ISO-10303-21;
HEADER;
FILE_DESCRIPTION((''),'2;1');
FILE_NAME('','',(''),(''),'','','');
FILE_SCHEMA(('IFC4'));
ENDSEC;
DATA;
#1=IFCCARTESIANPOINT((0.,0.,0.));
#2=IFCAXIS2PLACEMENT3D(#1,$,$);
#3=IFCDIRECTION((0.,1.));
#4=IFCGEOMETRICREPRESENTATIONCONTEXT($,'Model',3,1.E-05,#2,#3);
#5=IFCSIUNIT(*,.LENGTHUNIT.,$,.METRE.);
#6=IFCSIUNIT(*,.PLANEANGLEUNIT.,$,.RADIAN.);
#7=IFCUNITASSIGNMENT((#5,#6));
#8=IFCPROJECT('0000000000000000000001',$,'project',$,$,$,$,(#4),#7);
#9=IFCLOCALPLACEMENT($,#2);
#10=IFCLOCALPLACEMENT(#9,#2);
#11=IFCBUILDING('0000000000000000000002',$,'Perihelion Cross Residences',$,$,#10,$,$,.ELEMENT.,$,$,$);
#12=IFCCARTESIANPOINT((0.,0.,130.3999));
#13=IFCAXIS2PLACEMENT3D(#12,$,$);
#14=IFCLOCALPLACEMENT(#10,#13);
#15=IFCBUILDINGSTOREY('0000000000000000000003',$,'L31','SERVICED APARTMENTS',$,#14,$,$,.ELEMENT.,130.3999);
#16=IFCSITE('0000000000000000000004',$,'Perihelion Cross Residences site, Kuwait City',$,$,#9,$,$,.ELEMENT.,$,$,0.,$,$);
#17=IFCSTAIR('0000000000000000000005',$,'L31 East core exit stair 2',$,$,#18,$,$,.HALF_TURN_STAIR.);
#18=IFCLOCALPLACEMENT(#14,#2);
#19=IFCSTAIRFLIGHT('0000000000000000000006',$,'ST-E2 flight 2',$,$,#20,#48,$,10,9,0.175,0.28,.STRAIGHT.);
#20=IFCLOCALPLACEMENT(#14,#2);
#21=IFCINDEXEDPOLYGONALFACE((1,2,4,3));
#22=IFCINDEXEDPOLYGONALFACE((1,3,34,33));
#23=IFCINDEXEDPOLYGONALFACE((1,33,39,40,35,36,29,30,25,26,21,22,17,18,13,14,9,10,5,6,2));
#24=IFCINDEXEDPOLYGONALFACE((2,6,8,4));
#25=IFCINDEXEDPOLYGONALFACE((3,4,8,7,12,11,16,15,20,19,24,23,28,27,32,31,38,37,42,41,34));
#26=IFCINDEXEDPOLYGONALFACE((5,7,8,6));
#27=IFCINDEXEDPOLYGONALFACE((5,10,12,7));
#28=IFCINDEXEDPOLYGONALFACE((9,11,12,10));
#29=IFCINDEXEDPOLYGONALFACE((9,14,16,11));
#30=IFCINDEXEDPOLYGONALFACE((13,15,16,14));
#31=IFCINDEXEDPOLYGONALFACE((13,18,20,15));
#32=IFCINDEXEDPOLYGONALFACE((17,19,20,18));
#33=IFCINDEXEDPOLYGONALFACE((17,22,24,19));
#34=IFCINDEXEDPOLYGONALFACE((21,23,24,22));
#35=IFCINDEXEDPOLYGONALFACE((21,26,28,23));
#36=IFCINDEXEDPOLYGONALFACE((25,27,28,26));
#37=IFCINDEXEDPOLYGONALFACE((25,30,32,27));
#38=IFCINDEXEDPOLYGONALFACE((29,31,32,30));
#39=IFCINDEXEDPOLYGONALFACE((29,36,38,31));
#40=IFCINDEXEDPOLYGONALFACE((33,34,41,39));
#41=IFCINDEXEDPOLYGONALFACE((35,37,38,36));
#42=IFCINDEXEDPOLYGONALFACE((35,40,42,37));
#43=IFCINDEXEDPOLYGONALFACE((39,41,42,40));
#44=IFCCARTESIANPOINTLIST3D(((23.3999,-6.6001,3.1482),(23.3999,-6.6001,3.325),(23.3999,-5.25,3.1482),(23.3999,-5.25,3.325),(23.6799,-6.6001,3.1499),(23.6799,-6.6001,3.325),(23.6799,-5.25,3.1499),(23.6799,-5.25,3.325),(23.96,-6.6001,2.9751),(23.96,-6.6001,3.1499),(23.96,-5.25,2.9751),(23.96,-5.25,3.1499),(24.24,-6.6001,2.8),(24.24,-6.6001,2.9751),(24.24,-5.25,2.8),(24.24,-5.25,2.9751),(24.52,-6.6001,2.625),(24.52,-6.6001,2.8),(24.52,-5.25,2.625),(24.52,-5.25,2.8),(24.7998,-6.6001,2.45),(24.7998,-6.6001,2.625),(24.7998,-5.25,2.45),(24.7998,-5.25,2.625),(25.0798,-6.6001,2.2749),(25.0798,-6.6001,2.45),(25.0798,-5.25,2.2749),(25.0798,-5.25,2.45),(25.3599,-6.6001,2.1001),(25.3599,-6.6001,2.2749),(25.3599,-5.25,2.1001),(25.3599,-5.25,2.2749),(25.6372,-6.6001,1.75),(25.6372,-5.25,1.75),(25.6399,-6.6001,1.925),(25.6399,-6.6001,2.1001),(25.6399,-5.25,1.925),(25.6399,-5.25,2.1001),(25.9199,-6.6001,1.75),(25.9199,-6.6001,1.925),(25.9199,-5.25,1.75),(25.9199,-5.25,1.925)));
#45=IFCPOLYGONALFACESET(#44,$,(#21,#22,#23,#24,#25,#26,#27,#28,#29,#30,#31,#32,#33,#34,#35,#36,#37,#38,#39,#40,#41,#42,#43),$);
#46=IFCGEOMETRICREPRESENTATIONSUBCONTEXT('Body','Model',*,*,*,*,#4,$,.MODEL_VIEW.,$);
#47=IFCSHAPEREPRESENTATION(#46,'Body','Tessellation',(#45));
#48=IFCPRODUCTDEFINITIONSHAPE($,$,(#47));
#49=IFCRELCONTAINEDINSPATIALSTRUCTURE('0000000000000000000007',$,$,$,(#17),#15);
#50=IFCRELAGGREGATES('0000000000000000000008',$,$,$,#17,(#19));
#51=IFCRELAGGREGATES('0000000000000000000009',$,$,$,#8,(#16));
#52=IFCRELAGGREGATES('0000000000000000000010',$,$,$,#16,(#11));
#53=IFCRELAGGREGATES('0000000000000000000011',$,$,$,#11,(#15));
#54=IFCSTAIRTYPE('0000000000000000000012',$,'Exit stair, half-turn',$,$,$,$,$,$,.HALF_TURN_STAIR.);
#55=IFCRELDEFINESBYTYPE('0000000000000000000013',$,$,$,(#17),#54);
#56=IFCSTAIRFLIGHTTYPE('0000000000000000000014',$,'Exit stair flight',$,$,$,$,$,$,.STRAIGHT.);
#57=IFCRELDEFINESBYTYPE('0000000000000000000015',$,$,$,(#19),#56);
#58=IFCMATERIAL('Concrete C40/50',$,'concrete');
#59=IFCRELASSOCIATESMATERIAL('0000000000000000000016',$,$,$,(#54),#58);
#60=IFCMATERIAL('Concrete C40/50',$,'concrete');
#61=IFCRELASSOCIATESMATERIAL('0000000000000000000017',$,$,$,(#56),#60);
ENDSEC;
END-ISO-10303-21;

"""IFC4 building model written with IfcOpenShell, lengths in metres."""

from ifc_helpers import new_model, si_unit, direction, frame, origin, place, context, subcontext, project, spatial, polyline, outline, extrude, material, type_object, element, aggregate, save


model = new_model("IFC4")

# Units and contexts
model_context = context("Model", 3, precision=1e-05, world=origin(), true_north=direction((0.0, 1.0)))
body_context = subcontext(model_context, "Body", "Model", "MODEL_VIEW")
ifc_project = project(units=[si_unit("LENGTHUNIT", "METRE"), si_unit("PLANEANGLEUNIT", "RADIAN")], contexts=[model_context])

# Site, building, storey
site_placement = place(None, origin())
site = spatial("IfcSite", under=ifc_project, at=site_placement, Name="Perihelion Cross Residences site, Kuwait City", CompositionType="ELEMENT", RefElevation=0.0)
building_placement = place(site_placement, origin())
building = spatial("IfcBuilding", under=site, at=building_placement, Name="Perihelion Cross Residences", CompositionType="ELEMENT")
storey_placement = place(building_placement, frame((0.0, 0.0, 130.3999)))
storey = spatial("IfcBuildingStorey", under=building, at=storey_placement, Name="L31", Description="SERVICED APARTMENTS", CompositionType="ELEMENT", Elevation=130.3999)

# Stair, stair flight
ifc_material_1 = material(Name="Concrete C40/50", Category="concrete")
stair_type = type_object("IfcStairType", Name="Exit stair, half-turn", PredefinedType="HALF_TURN_STAIR", material=ifc_material_1)
stair_placement = place(storey_placement, origin())
stair = element("IfcStair", 1, at=stair_placement, inside=storey, type_object=stair_type, Name="L31 East core exit stair 2", PredefinedType="HALF_TURN_STAIR")
ifc_material_2 = material(Name="Concrete C40/50", Category="concrete")
stair_flight_type = type_object("IfcStairFlightType", Name="Exit stair flight", PredefinedType="STRAIGHT", material=ifc_material_2)
stair_flight_placement = place(storey_placement, frame((25.9199, -5.925, 1.75), z_axis=(0.0, 0.0, 1.0), x_axis=(-1.0, 0.0, 0.0)))
stair_flight = element("IfcStairFlight", 2, at=stair_flight_placement, type_object=stair_flight_type, Name="ST-E2 flight 2", NumberOfRisers=10, NumberOfTreads=9, PredefinedType="STRAIGHT", RiserHeight=0.175, TreadLength=0.28, context=body_context, shape_type="SweptSolid", body=[
    extrude(outline(polyline([(0.0, 0.0), (0.0, 0.175), (0.28, 0.175), (0.28, 0.3501), (0.5601, 0.3501), (0.5601, 0.5249), (0.8401, 0.5249), (0.8401, 0.7), (1.1201, 0.7), (1.1201, 0.875), (1.3999, 0.875), (1.3999, 1.05), (1.6799, 1.05), (1.6799, 1.2251), (1.96, 1.2251), (1.96, 1.3999), (2.24, 1.3999), (2.24, 1.575), (2.52, 1.575), (2.52, 1.75), (2.52, 1.3982), (0.2827, 0.0), (0.0, 0.0)])), frame((0.0, 0.675, 0.0), z_axis=(0.0, -1.0, 0.0), x_axis=(1.0, 0.0, 0.0)), (0.0, 0.0, 1.0), 1.3501),
])
aggregate(stair, [stair_flight])

save(model, "model.ifc")
